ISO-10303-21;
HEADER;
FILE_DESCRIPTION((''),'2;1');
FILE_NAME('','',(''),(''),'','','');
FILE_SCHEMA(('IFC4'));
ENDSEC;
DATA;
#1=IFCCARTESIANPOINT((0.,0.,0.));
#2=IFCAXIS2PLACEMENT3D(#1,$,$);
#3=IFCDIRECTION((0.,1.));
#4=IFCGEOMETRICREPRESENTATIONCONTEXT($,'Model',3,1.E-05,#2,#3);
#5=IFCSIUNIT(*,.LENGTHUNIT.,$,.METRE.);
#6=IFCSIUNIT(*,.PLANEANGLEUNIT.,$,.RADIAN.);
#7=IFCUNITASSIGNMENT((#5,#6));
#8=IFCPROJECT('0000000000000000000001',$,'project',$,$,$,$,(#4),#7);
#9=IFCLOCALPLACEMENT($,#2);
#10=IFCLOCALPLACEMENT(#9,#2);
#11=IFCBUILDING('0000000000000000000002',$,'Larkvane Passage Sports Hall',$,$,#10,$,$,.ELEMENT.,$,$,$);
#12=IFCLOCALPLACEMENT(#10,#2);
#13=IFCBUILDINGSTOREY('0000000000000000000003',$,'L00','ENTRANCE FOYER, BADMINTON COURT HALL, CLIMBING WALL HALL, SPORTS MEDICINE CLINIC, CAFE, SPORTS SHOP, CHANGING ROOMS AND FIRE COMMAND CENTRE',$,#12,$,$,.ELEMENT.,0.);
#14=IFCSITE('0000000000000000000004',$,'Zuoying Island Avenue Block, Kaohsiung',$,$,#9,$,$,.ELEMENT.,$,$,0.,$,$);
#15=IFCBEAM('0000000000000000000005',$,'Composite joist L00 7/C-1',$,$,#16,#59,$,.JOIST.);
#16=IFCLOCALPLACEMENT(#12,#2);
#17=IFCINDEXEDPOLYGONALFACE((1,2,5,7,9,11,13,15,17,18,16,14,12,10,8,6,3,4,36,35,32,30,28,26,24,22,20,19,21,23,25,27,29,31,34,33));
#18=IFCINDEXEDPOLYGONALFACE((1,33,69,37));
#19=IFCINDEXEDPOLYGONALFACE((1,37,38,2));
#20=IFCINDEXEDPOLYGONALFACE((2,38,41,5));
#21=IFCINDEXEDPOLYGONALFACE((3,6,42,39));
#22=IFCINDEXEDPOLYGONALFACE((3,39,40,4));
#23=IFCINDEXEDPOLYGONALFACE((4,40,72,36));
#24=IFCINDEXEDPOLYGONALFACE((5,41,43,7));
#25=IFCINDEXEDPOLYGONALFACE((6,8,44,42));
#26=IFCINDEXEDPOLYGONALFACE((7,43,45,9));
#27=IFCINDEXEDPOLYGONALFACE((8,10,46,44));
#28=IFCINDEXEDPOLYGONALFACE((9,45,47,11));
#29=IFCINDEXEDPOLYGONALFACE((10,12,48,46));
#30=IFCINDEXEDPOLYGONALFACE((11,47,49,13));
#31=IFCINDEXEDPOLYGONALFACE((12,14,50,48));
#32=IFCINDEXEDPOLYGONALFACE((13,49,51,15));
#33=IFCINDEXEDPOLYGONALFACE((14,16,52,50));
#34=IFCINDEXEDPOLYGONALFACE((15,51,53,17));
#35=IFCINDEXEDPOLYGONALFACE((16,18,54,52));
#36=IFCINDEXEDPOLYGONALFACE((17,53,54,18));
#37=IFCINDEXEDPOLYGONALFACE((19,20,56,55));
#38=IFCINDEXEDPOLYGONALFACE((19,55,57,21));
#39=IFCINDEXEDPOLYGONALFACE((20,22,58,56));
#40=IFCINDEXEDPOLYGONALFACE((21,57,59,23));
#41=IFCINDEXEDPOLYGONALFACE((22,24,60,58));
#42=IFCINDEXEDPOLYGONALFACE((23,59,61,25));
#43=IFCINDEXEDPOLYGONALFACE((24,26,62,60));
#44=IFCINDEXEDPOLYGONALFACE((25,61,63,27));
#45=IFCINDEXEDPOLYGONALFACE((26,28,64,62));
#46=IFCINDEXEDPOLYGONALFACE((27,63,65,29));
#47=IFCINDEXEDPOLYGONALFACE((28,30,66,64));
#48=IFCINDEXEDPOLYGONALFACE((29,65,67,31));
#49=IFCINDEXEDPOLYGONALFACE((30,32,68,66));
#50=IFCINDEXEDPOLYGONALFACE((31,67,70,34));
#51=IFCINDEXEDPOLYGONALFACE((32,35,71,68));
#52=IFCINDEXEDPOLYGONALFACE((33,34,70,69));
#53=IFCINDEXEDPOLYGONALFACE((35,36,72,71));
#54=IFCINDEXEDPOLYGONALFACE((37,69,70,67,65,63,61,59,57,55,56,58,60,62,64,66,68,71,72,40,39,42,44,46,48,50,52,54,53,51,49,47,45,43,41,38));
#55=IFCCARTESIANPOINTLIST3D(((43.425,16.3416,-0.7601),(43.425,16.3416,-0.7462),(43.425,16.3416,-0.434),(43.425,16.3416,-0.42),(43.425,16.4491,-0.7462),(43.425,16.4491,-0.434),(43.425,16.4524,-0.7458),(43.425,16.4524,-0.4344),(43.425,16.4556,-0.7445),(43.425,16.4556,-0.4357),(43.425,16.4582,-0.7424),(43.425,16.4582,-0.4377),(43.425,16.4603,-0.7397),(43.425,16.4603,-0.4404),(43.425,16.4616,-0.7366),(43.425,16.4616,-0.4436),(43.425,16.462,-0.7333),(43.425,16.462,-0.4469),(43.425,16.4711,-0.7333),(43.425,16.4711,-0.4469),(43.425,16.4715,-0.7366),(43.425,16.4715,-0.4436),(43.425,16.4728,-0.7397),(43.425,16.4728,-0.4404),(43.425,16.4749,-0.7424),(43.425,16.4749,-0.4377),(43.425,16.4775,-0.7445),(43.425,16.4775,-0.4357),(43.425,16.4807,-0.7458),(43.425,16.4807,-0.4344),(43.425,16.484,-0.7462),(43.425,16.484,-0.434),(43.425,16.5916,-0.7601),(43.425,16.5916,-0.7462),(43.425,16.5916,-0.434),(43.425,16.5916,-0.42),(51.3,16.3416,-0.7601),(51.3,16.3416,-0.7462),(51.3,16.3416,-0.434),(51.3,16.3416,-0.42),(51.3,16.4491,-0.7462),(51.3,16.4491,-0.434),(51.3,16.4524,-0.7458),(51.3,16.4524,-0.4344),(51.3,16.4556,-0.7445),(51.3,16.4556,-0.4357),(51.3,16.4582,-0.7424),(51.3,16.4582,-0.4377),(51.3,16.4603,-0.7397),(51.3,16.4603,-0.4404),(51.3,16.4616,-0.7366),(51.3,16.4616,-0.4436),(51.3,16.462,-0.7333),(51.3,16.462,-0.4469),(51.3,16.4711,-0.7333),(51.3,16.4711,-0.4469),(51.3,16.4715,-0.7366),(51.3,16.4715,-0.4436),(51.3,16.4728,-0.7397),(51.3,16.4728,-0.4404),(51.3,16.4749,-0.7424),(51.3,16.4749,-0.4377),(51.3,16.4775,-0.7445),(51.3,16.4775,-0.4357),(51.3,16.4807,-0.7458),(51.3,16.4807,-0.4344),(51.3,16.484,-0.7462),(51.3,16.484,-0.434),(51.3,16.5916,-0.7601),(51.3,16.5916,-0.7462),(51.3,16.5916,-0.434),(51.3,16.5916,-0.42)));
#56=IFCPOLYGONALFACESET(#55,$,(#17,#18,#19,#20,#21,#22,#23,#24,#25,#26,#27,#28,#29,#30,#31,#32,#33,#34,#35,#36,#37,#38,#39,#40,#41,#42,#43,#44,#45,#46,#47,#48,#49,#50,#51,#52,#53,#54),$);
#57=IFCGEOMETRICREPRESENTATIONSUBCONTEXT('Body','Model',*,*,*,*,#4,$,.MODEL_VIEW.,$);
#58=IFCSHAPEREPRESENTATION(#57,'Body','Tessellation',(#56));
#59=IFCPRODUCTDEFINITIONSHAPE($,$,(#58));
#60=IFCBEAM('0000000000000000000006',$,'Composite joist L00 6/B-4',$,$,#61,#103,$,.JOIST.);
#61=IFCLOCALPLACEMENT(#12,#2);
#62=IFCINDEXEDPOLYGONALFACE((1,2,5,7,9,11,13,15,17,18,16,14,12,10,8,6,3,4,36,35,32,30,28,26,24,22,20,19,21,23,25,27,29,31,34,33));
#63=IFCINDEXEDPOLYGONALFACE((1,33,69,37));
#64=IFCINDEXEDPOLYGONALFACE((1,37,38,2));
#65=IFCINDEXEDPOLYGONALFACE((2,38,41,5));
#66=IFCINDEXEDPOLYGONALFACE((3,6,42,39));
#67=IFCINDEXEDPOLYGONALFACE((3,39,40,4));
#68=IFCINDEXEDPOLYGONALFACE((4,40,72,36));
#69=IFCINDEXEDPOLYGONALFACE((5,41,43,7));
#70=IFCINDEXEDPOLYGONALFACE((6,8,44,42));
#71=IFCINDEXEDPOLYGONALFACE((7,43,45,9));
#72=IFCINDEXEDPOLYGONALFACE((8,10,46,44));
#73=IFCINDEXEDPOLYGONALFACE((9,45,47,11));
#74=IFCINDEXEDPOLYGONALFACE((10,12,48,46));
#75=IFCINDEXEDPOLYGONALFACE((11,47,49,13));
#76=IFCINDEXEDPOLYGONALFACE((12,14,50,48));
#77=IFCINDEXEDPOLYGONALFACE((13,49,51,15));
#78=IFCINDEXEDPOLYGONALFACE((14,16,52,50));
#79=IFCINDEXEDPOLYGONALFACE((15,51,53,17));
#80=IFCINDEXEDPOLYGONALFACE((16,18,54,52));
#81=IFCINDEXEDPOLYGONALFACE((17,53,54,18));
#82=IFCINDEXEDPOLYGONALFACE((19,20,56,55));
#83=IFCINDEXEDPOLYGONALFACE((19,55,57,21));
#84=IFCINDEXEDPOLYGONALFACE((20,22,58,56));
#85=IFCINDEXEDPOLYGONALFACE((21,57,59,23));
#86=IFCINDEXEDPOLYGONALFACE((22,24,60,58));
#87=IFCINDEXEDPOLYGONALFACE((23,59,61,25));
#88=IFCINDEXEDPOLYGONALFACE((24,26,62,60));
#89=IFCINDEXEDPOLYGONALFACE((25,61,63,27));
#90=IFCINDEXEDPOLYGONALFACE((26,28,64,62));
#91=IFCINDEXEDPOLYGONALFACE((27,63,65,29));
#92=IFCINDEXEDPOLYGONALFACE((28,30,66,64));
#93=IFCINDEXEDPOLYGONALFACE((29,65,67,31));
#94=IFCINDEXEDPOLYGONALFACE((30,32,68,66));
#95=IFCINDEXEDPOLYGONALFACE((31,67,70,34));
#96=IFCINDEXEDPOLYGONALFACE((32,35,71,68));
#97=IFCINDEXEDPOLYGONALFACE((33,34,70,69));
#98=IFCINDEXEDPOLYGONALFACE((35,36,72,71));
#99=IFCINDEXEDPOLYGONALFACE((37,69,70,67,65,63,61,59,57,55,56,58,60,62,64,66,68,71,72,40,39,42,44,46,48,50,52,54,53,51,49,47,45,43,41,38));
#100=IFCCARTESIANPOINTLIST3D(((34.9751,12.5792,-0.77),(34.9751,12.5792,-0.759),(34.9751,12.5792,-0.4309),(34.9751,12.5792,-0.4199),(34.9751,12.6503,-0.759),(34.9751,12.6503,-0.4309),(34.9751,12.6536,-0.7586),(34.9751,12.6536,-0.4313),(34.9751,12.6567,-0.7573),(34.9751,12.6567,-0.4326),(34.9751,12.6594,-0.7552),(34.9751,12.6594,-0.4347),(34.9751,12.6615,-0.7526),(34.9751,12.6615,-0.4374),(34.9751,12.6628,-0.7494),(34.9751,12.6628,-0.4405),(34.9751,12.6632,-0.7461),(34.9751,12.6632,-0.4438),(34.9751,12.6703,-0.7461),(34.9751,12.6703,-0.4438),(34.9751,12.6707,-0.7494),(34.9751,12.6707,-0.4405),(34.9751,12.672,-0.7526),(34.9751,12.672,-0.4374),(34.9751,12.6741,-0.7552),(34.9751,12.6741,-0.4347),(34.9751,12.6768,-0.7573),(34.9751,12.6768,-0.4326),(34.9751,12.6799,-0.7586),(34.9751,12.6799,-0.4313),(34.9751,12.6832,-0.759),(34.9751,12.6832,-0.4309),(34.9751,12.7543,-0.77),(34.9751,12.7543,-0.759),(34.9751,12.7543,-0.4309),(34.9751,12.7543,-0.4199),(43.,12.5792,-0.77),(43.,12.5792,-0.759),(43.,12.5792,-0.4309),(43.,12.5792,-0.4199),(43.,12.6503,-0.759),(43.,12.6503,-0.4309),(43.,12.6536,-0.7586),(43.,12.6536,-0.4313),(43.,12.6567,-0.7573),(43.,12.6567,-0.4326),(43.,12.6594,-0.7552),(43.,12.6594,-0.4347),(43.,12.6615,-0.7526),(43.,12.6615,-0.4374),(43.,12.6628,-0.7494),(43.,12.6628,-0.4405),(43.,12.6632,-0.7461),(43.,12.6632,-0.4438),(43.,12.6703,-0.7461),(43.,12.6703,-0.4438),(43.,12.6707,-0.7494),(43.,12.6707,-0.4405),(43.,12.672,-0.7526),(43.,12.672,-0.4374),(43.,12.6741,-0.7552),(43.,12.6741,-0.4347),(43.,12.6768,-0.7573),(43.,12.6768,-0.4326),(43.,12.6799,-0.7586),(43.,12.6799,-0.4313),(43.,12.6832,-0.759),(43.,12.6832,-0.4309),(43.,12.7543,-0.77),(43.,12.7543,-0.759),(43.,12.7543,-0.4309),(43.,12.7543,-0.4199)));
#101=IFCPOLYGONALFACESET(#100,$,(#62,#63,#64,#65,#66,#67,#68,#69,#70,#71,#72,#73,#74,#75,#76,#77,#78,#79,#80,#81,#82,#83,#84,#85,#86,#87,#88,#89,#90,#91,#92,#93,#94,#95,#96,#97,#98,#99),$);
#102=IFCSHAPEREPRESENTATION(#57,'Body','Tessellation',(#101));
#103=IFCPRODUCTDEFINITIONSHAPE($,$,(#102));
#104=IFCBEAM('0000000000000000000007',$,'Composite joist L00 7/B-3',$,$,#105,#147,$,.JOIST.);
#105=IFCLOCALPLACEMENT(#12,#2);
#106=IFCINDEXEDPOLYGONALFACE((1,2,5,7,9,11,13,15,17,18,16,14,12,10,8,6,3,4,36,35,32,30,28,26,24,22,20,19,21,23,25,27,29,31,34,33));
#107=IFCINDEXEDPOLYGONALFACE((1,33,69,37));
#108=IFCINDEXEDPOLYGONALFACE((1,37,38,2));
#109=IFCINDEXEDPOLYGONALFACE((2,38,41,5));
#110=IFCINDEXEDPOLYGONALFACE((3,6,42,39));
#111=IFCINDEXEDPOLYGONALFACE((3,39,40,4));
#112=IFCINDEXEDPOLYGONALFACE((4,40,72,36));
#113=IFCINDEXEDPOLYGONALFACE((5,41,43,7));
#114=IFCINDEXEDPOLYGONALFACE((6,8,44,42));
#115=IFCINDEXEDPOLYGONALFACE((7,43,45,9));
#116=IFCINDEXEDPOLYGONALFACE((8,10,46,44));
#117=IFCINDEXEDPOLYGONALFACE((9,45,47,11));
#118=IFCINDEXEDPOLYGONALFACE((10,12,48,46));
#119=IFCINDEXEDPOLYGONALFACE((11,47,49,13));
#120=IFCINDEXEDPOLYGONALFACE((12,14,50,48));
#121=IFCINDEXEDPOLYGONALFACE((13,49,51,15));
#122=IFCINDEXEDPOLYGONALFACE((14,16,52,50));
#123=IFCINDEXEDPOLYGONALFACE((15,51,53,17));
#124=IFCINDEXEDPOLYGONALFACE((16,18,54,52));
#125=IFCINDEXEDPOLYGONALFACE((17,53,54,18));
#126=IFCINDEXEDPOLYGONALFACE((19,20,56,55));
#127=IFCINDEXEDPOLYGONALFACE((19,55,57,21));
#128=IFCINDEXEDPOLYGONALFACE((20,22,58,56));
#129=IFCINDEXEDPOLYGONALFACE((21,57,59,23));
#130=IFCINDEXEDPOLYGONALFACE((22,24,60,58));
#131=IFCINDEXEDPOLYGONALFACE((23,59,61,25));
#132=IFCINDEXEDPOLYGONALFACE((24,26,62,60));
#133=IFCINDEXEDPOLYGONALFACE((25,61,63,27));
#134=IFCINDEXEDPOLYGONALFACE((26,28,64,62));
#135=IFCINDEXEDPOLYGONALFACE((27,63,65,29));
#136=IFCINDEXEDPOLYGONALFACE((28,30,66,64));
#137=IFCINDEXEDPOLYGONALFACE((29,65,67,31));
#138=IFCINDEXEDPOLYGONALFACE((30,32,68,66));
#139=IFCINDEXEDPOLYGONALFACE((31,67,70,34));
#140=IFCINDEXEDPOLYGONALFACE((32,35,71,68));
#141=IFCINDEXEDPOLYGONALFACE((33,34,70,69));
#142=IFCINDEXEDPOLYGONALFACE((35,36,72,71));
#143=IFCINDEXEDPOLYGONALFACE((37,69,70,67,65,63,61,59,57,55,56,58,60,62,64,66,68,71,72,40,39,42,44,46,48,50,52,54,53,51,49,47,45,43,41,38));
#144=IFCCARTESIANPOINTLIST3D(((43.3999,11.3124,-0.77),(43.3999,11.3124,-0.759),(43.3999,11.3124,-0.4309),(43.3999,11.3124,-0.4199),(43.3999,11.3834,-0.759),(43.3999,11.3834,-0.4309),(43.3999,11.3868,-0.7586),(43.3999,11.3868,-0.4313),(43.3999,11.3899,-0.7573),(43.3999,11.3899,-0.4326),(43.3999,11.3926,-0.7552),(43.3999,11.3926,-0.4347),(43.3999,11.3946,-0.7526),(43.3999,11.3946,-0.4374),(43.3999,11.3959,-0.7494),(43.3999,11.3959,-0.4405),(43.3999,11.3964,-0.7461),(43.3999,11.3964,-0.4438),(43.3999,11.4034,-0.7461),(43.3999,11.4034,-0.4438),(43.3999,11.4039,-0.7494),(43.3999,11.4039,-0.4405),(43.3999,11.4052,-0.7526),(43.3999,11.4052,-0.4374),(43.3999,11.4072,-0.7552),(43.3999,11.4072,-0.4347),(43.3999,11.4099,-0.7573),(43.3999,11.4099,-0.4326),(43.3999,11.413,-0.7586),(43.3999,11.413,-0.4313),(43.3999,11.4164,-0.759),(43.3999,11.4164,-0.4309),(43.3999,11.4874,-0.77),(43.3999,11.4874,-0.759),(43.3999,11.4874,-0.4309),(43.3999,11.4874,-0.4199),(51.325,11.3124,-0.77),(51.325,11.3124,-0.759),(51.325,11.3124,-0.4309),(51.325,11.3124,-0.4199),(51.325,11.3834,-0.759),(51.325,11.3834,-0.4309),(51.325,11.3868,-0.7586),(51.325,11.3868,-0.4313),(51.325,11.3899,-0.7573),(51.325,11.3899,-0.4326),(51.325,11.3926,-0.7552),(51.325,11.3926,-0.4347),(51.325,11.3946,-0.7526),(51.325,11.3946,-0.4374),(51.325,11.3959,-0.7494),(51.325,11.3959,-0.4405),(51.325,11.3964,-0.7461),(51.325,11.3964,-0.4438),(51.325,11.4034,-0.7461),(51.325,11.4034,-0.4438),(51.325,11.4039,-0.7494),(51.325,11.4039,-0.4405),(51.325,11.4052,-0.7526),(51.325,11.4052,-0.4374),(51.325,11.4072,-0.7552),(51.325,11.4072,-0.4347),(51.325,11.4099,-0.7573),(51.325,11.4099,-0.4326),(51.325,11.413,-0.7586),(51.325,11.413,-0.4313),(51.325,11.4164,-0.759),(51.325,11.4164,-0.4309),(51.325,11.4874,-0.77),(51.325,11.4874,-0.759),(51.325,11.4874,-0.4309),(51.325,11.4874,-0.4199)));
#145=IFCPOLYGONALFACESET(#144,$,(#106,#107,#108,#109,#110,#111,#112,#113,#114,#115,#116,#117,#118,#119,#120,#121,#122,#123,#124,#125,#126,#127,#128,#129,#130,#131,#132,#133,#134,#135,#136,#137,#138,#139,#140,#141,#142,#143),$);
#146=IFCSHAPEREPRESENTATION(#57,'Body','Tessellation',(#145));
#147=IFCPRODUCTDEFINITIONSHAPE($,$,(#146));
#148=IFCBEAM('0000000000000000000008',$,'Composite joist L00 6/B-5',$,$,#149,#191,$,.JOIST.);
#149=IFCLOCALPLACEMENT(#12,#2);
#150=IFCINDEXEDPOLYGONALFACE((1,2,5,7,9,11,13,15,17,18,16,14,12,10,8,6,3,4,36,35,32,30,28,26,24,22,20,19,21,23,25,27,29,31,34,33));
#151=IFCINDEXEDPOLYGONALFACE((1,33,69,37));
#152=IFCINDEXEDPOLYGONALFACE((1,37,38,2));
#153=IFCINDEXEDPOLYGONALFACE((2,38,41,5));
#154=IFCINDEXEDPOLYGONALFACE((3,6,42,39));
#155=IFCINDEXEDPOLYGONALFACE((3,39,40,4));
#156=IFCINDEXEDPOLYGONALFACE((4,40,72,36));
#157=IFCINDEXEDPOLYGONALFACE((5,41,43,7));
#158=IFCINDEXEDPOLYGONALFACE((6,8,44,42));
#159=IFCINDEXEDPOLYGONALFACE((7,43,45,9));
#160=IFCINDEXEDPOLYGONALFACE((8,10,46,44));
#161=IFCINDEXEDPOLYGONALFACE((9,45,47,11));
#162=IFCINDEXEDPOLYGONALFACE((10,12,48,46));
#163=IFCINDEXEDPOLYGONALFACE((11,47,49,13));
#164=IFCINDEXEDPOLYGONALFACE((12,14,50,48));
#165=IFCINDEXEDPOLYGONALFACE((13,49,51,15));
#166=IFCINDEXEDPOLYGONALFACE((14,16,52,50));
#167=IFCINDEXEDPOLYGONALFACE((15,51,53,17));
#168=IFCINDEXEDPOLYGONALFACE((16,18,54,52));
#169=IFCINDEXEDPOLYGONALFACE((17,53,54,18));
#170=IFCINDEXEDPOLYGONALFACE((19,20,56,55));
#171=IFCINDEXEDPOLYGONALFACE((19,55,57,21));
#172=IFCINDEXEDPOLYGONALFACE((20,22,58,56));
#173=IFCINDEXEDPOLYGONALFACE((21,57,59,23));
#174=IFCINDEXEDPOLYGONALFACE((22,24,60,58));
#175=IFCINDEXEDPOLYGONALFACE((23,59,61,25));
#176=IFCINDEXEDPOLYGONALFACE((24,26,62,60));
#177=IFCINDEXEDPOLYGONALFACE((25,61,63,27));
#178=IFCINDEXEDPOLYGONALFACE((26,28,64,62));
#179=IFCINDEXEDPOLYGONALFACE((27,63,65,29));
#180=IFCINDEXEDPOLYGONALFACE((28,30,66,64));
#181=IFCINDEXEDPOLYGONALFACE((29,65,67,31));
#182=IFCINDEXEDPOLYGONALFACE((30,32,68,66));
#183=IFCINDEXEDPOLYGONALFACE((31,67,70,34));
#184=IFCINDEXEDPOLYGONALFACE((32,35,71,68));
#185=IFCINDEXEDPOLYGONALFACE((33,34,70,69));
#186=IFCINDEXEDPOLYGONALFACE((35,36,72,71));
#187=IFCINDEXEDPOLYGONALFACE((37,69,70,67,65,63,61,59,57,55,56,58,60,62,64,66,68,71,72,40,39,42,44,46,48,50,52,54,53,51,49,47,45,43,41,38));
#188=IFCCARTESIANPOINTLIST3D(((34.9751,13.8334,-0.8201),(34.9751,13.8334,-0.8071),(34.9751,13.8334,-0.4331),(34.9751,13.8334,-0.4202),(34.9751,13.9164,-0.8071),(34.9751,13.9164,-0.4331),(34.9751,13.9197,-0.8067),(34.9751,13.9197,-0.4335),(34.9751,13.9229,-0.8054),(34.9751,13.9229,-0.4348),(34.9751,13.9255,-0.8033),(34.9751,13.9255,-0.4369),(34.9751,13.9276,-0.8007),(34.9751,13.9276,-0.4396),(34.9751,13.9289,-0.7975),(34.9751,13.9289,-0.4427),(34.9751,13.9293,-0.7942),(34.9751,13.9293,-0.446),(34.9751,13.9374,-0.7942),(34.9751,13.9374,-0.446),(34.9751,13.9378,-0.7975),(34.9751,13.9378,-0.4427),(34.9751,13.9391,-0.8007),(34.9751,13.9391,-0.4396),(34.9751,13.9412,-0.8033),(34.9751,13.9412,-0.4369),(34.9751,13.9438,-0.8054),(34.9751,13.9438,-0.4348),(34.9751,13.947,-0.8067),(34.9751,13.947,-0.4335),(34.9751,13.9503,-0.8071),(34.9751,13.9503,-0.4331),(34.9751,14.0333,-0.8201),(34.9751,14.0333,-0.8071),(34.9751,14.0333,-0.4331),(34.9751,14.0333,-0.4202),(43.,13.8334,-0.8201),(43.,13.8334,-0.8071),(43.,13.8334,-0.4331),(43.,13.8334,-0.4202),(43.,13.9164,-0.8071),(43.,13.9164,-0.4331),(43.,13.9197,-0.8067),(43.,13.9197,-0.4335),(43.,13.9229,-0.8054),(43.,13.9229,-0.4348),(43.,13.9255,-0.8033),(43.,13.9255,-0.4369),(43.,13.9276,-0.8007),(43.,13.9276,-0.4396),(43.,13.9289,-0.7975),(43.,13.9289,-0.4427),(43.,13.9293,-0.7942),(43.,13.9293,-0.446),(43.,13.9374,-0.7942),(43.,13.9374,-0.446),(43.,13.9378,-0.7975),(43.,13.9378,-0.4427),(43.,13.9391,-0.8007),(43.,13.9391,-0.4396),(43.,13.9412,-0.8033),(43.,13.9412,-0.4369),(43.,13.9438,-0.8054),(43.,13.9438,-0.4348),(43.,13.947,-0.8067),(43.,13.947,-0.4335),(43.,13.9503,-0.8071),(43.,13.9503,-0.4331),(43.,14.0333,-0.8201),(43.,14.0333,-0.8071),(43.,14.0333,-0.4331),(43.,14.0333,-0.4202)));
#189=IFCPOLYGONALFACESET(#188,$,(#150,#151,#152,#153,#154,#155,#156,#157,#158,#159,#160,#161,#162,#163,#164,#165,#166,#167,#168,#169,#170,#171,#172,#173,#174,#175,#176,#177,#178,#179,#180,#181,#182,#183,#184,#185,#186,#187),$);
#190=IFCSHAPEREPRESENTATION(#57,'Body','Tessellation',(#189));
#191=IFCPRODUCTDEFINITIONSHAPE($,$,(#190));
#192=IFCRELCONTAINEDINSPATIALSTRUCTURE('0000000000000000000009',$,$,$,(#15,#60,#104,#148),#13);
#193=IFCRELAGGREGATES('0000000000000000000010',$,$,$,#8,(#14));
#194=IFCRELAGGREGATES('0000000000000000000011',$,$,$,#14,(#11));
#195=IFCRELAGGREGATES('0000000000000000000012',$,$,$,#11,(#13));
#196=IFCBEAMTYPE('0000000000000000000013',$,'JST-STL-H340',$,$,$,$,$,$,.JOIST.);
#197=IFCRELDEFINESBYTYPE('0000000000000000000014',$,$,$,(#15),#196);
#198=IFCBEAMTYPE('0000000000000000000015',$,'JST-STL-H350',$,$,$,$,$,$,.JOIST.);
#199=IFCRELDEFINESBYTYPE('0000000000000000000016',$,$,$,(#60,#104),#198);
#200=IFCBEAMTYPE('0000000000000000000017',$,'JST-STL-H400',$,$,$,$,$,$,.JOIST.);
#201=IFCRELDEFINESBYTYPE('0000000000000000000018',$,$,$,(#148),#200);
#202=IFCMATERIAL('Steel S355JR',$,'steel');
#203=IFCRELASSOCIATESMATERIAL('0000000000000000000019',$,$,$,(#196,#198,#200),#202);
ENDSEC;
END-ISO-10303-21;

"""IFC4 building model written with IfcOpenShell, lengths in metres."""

from ifc_helpers import new_model, si_unit, direction, frame, origin, origin_2d, place, context, subcontext, project, spatial, i_section, extrude, material, material_profile, profile_set, type_object, element, save


model = new_model("IFC4")

# Units and contexts
model_context = context("Model", 3, precision=1e-05, world=origin(), true_north=direction((0.0, 1.0)))
body_context = subcontext(model_context, "Body", "Model", "MODEL_VIEW")
ifc_project = project(units=[si_unit("LENGTHUNIT", "METRE"), si_unit("PLANEANGLEUNIT", "RADIAN")], contexts=[model_context])

# Site, building, storey
site_placement = place(None, origin())
site = spatial("IfcSite", under=ifc_project, at=site_placement, Name="Zuoying Island Avenue Block, Kaohsiung", CompositionType="ELEMENT", RefElevation=0.0)
building_placement = place(site_placement, origin())
building = spatial("IfcBuilding", under=site, at=building_placement, Name="Larkvane Passage Sports Hall", CompositionType="ELEMENT")
storey_placement = place(building_placement, origin())
storey = spatial("IfcBuildingStorey", under=building, at=storey_placement, Name="L00", Description="ENTRANCE FOYER, BADMINTON COURT HALL, CLIMBING WALL HALL, SPORTS MEDICINE CLINIC, CAFE, SPORTS SHOP, CHANGING ROOMS AND FIRE COMMAND CENTRE", CompositionType="ELEMENT", Elevation=0.0)

# Beams
ifc_material_1 = material(Name="Steel S355JR", Category="steel")
ifc_material_profile_1 = material_profile(ifc_material_1, i_section(OverallWidth=0.25, OverallDepth=0.3401, WebThickness=0.009, FlangeThickness=0.0139, FilletRadius=0.0129, at=origin_2d()), Name="H-340x250x9x14")
ifc_profile_set_1 = profile_set([ifc_material_profile_1], Name="Steel S355JR")
beam_type_1 = type_object("IfcBeamType", Name="JST-STL-H340", PredefinedType="JOIST", material=ifc_profile_set_1)
beam_1_placement = place(storey_placement, frame((43.425, 16.4666, -0.5901), z_axis=(1.0, 0.0, 0.0), x_axis=(0.0, 1.0, 0.0)))
element("IfcBeam", 1, at=beam_1_placement, inside=storey, type_object=beam_type_1, Name="Composite joist L00 7/C-1", PredefinedType="JOIST", context=body_context, shape_type="SweptSolid", body=[
    extrude(i_section(OverallWidth=0.25, OverallDepth=0.3401, WebThickness=0.009, FlangeThickness=0.0139, FilletRadius=0.0129, at=origin_2d()), origin(), (0.0, 0.0, 1.0), 7.875),
])
ifc_material_profile_2 = material_profile(ifc_material_1, i_section(OverallWidth=0.175, OverallDepth=0.3501, WebThickness=0.0071, FlangeThickness=0.011, FilletRadius=0.0129, at=origin_2d()), Name="H-350x175x7x11")
ifc_profile_set_2 = profile_set([ifc_material_profile_2], Name="Steel S355JR")
beam_type_2 = type_object("IfcBeamType", Name="JST-STL-H350", PredefinedType="JOIST", material=ifc_profile_set_2)
beam_2_placement = place(storey_placement, frame((34.9751, 12.6667, -0.595), z_axis=(1.0, 0.0, 0.0), x_axis=(0.0, 1.0, 0.0)))
element("IfcBeam", 2, at=beam_2_placement, inside=storey, type_object=beam_type_2, Name="Composite joist L00 6/B-4", PredefinedType="JOIST", context=body_context, shape_type="SweptSolid", body=[
    extrude(i_section(OverallWidth=0.175, OverallDepth=0.3501, WebThickness=0.0071, FlangeThickness=0.011, FilletRadius=0.0129, at=origin_2d()), origin(), (0.0, 0.0, 1.0), 8.0249),
])
beam_3_placement = place(storey_placement, frame((43.3999, 11.3999, -0.595), z_axis=(1.0, 0.0, 0.0), x_axis=(0.0, 1.0, 0.0)))
element("IfcBeam", 3, at=beam_3_placement, inside=storey, type_object=beam_type_2, Name="Composite joist L00 7/B-3", PredefinedType="JOIST", context=body_context, shape_type="SweptSolid", body=[
    extrude(i_section(OverallWidth=0.175, OverallDepth=0.3501, WebThickness=0.0071, FlangeThickness=0.011, FilletRadius=0.0129, at=origin_2d()), origin(), (0.0, 0.0, 1.0), 7.925),
])
ifc_material_profile_3 = material_profile(ifc_material_1, i_section(OverallWidth=0.2, OverallDepth=0.3999, WebThickness=0.0081, FlangeThickness=0.0129, FilletRadius=0.0129, at=origin_2d()), Name="H-400x200x8x13")
ifc_profile_set_3 = profile_set([ifc_material_profile_3], Name="Steel S355JR")
beam_type_3 = type_object("IfcBeamType", Name="JST-STL-H400", PredefinedType="JOIST", material=ifc_profile_set_3)
beam_4_placement = place(storey_placement, frame((34.9751, 13.9333, -0.6201), z_axis=(1.0, 0.0, 0.0), x_axis=(0.0, 1.0, 0.0)))
element("IfcBeam", 4, at=beam_4_placement, inside=storey, type_object=beam_type_3, Name="Composite joist L00 6/B-5", PredefinedType="JOIST", context=body_context, shape_type="SweptSolid", body=[
    extrude(i_section(OverallWidth=0.2, OverallDepth=0.3999, WebThickness=0.0081, FlangeThickness=0.0129, FilletRadius=0.0129, at=origin_2d()), origin(), (0.0, 0.0, 1.0), 8.0249),
])

save(model, "model.ifc")
